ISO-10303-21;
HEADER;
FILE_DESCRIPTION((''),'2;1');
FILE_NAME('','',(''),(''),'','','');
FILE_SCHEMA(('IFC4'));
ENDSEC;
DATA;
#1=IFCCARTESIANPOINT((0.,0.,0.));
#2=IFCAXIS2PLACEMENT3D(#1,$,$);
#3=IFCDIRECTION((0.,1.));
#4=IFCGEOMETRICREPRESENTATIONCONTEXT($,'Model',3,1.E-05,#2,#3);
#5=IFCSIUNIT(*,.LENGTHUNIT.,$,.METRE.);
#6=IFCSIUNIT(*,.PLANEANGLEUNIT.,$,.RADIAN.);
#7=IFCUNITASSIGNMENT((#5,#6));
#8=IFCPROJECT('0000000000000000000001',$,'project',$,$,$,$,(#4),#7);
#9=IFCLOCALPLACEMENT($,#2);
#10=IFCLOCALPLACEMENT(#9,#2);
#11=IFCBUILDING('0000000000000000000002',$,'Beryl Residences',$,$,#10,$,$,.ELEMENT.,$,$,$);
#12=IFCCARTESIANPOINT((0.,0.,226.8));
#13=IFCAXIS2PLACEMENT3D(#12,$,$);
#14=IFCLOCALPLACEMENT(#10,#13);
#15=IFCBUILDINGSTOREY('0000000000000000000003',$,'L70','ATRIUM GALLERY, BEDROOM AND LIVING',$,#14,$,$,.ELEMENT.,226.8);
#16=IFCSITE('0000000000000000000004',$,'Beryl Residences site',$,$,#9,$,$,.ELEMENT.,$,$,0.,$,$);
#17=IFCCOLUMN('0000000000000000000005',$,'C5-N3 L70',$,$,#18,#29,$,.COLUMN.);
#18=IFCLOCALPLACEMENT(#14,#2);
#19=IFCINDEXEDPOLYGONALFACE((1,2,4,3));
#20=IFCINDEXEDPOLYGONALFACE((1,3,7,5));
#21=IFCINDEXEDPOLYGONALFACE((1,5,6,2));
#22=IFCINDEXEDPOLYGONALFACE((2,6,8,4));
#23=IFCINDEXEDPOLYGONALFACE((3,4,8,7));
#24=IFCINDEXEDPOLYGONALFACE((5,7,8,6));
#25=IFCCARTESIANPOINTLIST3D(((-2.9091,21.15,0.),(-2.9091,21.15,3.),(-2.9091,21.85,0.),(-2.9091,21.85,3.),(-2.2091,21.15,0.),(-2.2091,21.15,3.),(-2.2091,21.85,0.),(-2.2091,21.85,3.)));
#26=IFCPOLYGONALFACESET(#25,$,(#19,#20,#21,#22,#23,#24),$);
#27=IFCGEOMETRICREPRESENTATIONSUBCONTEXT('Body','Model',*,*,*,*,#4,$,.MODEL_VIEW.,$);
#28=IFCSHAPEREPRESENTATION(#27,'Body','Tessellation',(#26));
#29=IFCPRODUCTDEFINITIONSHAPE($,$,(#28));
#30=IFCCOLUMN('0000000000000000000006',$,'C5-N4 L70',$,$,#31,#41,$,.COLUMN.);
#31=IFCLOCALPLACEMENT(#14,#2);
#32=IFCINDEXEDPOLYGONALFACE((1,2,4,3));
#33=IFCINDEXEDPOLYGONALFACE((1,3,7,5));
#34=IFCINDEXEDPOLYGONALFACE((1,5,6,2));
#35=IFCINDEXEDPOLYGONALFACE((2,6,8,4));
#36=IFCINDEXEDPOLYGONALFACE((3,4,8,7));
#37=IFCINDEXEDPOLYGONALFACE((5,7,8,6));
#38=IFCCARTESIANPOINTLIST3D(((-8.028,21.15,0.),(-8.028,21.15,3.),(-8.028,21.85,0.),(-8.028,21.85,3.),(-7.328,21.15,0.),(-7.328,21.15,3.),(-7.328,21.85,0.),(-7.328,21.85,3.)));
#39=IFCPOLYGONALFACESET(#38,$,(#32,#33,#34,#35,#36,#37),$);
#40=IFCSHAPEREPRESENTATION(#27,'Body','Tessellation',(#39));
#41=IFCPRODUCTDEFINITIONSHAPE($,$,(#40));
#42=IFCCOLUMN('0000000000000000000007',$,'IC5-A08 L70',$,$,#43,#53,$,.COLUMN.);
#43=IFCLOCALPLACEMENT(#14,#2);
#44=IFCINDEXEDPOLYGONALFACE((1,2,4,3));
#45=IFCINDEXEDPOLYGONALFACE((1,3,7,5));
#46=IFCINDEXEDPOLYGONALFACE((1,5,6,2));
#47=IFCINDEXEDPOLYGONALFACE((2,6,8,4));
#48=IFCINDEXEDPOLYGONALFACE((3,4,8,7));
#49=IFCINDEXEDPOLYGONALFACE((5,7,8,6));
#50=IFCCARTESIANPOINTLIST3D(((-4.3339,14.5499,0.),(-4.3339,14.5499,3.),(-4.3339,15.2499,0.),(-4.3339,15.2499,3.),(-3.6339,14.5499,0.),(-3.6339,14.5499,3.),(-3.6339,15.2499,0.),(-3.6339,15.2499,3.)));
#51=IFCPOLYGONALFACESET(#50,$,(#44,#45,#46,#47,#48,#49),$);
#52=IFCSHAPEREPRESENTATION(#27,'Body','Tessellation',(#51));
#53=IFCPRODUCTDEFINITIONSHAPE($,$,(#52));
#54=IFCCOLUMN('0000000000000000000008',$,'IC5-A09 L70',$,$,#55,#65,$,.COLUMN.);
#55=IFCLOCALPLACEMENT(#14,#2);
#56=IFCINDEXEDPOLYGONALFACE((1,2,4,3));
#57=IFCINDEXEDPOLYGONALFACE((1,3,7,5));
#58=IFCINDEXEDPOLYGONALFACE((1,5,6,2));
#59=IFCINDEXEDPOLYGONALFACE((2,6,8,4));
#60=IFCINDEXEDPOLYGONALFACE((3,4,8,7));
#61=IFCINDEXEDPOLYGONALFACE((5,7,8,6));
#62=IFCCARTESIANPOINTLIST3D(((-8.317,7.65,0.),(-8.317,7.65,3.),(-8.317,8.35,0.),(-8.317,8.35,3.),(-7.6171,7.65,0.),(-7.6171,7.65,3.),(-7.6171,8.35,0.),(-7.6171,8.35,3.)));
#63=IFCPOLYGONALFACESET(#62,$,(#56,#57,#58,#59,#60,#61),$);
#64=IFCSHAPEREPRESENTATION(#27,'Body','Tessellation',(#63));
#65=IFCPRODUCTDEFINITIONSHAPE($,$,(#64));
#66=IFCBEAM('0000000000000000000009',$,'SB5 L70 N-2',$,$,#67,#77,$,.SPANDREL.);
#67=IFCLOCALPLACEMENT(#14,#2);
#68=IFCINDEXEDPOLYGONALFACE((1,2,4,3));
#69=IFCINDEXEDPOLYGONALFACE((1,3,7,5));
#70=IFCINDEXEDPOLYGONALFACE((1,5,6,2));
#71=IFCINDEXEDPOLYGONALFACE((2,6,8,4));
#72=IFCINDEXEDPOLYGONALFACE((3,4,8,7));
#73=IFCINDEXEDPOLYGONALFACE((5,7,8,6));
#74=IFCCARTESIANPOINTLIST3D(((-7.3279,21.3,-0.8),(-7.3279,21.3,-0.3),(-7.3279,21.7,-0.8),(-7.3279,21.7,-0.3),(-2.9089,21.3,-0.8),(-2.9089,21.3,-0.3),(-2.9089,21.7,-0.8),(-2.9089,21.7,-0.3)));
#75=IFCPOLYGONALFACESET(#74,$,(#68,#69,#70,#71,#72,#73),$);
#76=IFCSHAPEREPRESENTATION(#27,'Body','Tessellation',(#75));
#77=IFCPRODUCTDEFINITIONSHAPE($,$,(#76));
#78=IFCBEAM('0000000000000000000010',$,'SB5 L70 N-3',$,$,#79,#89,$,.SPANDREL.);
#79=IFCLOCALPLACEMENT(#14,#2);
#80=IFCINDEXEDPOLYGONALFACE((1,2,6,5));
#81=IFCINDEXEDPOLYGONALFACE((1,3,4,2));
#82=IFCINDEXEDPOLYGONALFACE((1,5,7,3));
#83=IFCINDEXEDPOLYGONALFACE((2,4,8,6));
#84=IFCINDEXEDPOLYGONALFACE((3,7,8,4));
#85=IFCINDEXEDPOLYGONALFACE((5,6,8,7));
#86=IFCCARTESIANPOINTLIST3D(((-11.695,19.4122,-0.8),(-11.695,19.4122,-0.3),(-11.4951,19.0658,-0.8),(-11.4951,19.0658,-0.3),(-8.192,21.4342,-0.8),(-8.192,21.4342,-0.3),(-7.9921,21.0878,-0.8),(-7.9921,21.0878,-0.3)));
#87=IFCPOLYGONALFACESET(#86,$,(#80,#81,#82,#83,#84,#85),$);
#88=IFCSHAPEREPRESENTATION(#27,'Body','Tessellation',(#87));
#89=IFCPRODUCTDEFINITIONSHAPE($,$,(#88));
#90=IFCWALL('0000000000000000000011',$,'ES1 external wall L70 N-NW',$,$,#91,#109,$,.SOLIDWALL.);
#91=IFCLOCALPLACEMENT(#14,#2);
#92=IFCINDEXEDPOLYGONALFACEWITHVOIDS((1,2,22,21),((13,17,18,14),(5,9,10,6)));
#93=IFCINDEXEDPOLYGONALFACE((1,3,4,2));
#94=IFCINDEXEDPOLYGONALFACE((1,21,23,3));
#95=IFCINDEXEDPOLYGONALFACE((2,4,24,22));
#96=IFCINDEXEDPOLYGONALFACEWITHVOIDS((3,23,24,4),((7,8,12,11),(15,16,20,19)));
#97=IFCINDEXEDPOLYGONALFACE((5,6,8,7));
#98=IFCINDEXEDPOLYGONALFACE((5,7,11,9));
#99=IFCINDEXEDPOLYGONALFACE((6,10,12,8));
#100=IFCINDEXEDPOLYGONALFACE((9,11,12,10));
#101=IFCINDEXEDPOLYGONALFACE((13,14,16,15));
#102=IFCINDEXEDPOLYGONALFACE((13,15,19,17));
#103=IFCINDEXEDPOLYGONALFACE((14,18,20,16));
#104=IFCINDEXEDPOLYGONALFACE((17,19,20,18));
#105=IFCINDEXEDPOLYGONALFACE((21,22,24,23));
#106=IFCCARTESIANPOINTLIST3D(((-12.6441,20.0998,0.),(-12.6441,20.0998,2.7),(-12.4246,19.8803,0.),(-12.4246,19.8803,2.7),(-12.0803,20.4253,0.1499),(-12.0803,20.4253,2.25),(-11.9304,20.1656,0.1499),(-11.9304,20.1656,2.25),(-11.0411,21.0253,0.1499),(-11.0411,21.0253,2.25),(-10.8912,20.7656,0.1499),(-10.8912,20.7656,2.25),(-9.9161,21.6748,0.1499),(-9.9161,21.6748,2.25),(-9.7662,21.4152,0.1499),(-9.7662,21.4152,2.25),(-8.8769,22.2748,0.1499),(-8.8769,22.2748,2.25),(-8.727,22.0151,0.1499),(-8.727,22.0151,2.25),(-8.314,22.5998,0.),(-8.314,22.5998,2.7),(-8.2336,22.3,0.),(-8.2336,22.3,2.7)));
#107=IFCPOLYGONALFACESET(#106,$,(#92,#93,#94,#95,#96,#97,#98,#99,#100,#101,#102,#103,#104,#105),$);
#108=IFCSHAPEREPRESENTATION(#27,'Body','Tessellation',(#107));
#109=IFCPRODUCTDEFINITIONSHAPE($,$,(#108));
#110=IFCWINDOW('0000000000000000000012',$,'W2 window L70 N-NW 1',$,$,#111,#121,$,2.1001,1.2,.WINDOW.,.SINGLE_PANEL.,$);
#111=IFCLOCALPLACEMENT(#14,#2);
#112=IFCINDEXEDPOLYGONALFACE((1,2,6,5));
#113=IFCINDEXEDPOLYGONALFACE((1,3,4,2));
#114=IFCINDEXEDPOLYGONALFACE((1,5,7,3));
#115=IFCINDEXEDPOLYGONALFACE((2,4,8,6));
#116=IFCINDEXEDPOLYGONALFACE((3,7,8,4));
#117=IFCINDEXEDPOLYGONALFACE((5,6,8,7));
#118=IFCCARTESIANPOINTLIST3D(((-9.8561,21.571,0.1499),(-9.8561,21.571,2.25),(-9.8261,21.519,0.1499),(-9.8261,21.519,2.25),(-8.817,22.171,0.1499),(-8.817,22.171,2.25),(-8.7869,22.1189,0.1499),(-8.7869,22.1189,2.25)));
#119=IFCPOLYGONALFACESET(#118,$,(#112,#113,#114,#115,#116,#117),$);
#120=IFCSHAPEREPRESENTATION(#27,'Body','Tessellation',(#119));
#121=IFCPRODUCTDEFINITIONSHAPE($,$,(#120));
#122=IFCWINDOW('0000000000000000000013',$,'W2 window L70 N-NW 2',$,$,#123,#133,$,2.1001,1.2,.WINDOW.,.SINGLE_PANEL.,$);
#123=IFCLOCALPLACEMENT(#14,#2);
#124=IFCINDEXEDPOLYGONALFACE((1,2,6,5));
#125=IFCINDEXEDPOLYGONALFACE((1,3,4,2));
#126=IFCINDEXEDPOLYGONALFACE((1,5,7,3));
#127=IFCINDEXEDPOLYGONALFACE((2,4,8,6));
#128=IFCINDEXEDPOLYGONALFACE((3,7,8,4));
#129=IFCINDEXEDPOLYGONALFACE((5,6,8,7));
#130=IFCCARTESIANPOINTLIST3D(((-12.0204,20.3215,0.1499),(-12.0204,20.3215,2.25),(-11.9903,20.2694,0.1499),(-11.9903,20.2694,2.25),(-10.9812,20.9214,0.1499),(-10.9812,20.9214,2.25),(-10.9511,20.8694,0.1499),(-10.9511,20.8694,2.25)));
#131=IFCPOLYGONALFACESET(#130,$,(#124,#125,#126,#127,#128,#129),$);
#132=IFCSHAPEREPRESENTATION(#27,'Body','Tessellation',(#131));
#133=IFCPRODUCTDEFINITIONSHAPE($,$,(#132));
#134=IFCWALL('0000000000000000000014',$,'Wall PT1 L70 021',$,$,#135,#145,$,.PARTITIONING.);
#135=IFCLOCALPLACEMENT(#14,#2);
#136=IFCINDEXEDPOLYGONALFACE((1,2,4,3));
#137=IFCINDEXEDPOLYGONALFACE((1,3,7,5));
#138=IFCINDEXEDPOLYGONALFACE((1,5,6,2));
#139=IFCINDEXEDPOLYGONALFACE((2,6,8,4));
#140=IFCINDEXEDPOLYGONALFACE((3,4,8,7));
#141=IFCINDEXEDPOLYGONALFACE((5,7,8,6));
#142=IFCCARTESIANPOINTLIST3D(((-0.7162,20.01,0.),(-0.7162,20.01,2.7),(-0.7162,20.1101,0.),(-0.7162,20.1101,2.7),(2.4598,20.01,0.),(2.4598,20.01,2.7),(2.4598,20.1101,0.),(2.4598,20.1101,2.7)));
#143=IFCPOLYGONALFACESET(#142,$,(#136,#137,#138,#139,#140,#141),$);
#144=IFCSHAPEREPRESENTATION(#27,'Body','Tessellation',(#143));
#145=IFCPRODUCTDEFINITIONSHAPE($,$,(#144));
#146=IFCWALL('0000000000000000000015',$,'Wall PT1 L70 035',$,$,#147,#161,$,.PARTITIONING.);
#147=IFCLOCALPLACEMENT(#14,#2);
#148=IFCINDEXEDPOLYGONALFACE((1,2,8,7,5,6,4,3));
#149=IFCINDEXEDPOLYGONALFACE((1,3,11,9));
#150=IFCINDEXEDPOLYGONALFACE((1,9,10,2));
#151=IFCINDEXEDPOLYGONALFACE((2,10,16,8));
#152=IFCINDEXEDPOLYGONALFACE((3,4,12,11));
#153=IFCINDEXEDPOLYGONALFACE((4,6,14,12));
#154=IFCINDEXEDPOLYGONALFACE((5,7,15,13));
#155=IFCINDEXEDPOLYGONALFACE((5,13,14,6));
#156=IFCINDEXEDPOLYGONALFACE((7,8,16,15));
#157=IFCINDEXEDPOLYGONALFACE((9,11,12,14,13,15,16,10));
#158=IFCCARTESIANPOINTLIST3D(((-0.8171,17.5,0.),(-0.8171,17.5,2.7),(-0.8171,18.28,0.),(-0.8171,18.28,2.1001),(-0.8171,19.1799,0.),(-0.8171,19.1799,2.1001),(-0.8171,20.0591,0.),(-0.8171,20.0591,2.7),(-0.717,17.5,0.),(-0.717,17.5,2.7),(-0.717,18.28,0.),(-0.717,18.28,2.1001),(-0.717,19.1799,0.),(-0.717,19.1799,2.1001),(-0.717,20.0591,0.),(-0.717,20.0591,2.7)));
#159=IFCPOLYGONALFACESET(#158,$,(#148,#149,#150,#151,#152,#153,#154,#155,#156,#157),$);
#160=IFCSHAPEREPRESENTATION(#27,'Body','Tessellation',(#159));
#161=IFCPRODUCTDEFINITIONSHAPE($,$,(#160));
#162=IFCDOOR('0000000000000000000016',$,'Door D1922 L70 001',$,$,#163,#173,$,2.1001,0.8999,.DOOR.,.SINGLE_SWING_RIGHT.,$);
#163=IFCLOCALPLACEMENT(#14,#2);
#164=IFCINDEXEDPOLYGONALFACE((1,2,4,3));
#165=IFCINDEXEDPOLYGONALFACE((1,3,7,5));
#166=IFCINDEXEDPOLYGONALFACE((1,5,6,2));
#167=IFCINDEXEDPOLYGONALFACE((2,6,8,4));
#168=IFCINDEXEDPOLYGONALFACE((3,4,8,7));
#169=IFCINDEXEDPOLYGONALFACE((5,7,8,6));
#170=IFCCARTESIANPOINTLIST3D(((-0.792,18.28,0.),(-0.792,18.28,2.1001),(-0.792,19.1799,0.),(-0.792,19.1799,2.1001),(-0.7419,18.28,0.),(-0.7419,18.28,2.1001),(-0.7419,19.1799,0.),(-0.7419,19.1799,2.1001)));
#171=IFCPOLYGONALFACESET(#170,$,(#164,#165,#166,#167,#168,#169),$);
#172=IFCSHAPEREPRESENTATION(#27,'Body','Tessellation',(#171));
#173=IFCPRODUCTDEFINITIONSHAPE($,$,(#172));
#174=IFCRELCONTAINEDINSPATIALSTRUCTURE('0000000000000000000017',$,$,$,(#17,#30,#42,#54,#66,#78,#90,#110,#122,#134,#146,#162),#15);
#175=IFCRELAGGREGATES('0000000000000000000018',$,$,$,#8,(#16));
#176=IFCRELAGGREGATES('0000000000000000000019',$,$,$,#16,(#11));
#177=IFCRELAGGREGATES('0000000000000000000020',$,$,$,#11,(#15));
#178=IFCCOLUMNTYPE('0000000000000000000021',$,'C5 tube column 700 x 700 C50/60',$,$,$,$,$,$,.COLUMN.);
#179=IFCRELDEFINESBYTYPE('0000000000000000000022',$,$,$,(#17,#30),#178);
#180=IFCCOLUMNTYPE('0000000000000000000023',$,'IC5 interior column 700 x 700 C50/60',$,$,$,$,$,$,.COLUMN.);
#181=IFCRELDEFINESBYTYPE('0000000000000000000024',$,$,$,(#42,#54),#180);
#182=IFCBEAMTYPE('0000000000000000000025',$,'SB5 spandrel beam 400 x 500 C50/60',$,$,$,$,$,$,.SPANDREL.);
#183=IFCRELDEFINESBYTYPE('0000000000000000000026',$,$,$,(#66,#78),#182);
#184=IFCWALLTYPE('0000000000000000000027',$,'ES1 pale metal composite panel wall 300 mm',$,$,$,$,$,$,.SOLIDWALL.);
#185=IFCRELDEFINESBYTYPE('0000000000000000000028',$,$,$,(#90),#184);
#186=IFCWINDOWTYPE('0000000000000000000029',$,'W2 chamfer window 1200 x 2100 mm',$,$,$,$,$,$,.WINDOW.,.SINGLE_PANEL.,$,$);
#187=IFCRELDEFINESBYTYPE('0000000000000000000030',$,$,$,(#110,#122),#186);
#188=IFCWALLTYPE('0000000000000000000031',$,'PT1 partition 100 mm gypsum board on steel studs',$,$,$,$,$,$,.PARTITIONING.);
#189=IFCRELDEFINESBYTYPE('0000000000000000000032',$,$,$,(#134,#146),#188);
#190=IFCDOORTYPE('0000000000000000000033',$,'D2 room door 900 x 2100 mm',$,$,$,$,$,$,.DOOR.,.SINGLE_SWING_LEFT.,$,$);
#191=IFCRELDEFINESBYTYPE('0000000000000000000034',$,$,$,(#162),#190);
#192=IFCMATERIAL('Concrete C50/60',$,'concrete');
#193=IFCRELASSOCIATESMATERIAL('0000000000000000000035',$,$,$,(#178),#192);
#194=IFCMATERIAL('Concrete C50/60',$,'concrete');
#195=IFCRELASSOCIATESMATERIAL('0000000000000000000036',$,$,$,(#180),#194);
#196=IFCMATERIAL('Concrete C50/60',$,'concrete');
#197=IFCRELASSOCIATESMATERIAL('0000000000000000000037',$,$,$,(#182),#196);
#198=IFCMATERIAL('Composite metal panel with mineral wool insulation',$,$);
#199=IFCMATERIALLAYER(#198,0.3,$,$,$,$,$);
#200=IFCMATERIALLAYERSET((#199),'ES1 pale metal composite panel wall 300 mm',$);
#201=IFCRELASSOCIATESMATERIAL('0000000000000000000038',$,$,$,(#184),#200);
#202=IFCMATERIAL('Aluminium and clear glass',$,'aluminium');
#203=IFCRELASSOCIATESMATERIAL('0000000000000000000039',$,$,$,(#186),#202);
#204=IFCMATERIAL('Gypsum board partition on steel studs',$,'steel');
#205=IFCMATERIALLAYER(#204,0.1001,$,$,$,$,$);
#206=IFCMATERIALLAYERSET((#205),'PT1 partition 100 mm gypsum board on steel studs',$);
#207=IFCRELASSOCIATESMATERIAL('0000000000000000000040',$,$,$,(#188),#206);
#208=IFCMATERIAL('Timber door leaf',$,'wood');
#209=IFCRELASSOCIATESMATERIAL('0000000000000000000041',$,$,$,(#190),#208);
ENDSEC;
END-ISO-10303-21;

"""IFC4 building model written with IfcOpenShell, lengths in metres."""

from ifc_helpers import new_model, si_unit, direction, frame, frame_2d, origin, origin_2d, place, context, subcontext, project, spatial, polyline, rectangle, outline, extrude, material, layer, layer_set, material_profile, profile_set, type_object, element, fill, save


model = new_model("IFC4")

# Units and contexts
model_context = context("Model", 3, precision=1e-05, world=origin(), true_north=direction((0.0, 1.0)))
body_context = subcontext(model_context, "Body", "Model", "MODEL_VIEW")
ifc_project = project(units=[si_unit("LENGTHUNIT", "METRE"), si_unit("PLANEANGLEUNIT", "RADIAN")], contexts=[model_context])

# Site, building, storey
site_placement = place(None, origin())
site = spatial("IfcSite", under=ifc_project, at=site_placement, Name="Beryl Residences site", CompositionType="ELEMENT", RefElevation=0.0)
building_placement = place(site_placement, origin())
building = spatial("IfcBuilding", under=site, at=building_placement, Name="Beryl Residences", CompositionType="ELEMENT")
storey_placement = place(building_placement, frame((0.0, 0.0, 226.8)))
storey = spatial("IfcBuildingStorey", under=building, at=storey_placement, Name="L70", Description="ATRIUM GALLERY, BEDROOM AND LIVING", CompositionType="ELEMENT", Elevation=226.8)

# Columns
ifc_material_1 = material(Name="Concrete C50/60", Category="concrete")
ifc_material_profile_1 = material_profile(ifc_material_1, rectangle(XDim=0.7, YDim=0.7, at=origin_2d()))
ifc_profile_set_1 = profile_set([ifc_material_profile_1], Name="Concrete C50/60")
column_type_1 = type_object("IfcColumnType", Name="C5 tube column 700 x 700 C50/60", PredefinedType="COLUMN", material=ifc_profile_set_1)
for number, where, z_axis, x_axis, name in (
    (1, (-2.5591, 21.5, 0.0), (0.0, 0.0, 1.0), (-1.0, 0.0, 0.0), "C5-N3 L70"),
    (2, (-7.678, 21.5, 0.0), (0.0, 0.0, 1.0), (-1.0, 0.0, 0.0), "C5-N4 L70"),
):
    element("IfcColumn", number, at=place(storey_placement, frame(where, z_axis=z_axis, x_axis=x_axis)), inside=storey, type_object=column_type_1, Name=name, PredefinedType="COLUMN", context=body_context, shape_type="SweptSolid", body=[
        extrude(rectangle(XDim=0.7, YDim=0.7, at=origin_2d()), origin(), (0.0, 0.0, 1.0), 3.0),
    ])
ifc_material_2 = material(Name="Concrete C50/60", Category="concrete")
ifc_material_profile_2 = material_profile(ifc_material_2, rectangle(XDim=0.7, YDim=0.7, at=origin_2d()))
ifc_profile_set_2 = profile_set([ifc_material_profile_2], Name="Concrete C50/60")
column_type_2 = type_object("IfcColumnType", Name="IC5 interior column 700 x 700 C50/60", PredefinedType="COLUMN", material=ifc_profile_set_2)
for number, where, z_axis, x_axis, name in (
    (3, (-3.9839, 14.8999, 0.0), (0.0, 0.0, 1.0), (1.0, 0.0, 0.0), "IC5-A08 L70"),
    (4, (-7.967, 8.0, 0.0), (0.0, 0.0, 1.0), (1.0, 0.0, 0.0), "IC5-A09 L70"),
):
    element("IfcColumn", number, at=place(storey_placement, frame(where, z_axis=z_axis, x_axis=x_axis)), inside=storey, type_object=column_type_2, Name=name, PredefinedType="COLUMN", context=body_context, shape_type="SweptSolid", body=[
        extrude(rectangle(XDim=0.7, YDim=0.7, at=origin_2d()), origin(), (0.0, 0.0, 1.0), 3.0),
    ])

# Beams
ifc_material_3 = material(Name="Concrete C50/60", Category="concrete")
ifc_material_profile_3 = material_profile(ifc_material_3, rectangle(XDim=0.3999, YDim=0.5, at=origin_2d()))
ifc_profile_set_3 = profile_set([ifc_material_profile_3], Name="Concrete C50/60")
beam_type = type_object("IfcBeamType", Name="SB5 spandrel beam 400 x 500 C50/60", PredefinedType="SPANDREL", material=ifc_profile_set_3)
beam_1_placement = place(storey_placement, frame((-2.9089, 21.5, -0.55), z_axis=(-1.0, 0.0, 0.0), x_axis=(0.0, -1.0, 0.0)))
element("IfcBeam", 5, at=beam_1_placement, inside=storey, type_object=beam_type, Name="SB5 L70 N-2", PredefinedType="SPANDREL", context=body_context, shape_type="SweptSolid", body=[
    extrude(rectangle(XDim=0.3999, YDim=0.5, at=origin_2d()), origin(), (0.0, 0.0, 1.0), 4.4189),
])
beam_2_placement = place(storey_placement, frame((-8.092, 21.261, -0.55), z_axis=(-0.866073, -0.499918, 0.0), x_axis=(0.499918, -0.866073, 0.0)))
element("IfcBeam", 6, at=beam_2_placement, inside=storey, type_object=beam_type, Name="SB5 L70 N-3", PredefinedType="SPANDREL", context=body_context, shape_type="SweptSolid", body=[
    extrude(rectangle(XDim=0.3999, YDim=0.5, at=origin_2d()), origin(), (0.0, 0.0, 1.0), 4.0447),
])

# Wall, openings, windows
ifc_material_4 = material(Name="Composite metal panel with mineral wool insulation")
ifc_layer_1 = layer(ifc_material_4, 0.3)
ifc_layer_set_1 = layer_set([ifc_layer_1], Name="ES1 pale metal composite panel wall 300 mm")
wall_type_1 = type_object("IfcWallType", Name="ES1 pale metal composite panel wall 300 mm", PredefinedType="SOLIDWALL", material=ifc_layer_set_1)
wall_1_placement = place(storey_placement, frame((-8.239, 22.47, 0.0), z_axis=(0.0, 0.0, 1.0), x_axis=(-0.866023, -0.500004, 0.0)))
wall_1 = element("IfcWall", 7, at=wall_1_placement, inside=storey, type_object=wall_type_1, Name="ES1 external wall L70 N-NW", PredefinedType="SOLIDWALL", context=body_context, shape_type="SweptSolid", body=[
    extrude(outline(polyline([(0.0, -0.1499), (5.0, -0.1499), (4.9197, 0.1499), (0.0803, 0.1499), (0.0, -0.1499)])), origin(), (0.0, 0.0, 1.0), 2.7),
])
opening_1_placement = place(wall_1_placement, frame((0.6499, 0.0, 0.1499)))
opening_1 = element("IfcOpeningElement", 8, at=opening_1_placement, cuts=wall_1, PredefinedType="OPENING", context=body_context, shape_type="SweptSolid", body=[
    extrude(rectangle(XDim=1.2, YDim=2.1001, at=frame_2d((0.6001, 1.05))), frame((0.0, 0.1599, 0.0), z_axis=(0.0, -1.0, 0.0), x_axis=(1.0, 0.0, 0.0)), (0.0, 0.0, 1.0), 0.3201),
])
opening_2_placement = place(wall_1_placement, frame((3.1489, 0.0, 0.1499)))
opening_2 = element("IfcOpeningElement", 9, at=opening_2_placement, cuts=wall_1, PredefinedType="OPENING", context=body_context, shape_type="SweptSolid", body=[
    extrude(rectangle(XDim=1.2, YDim=2.1001, at=frame_2d((0.6001, 1.05))), frame((0.0, 0.1599, 0.0), z_axis=(0.0, -1.0, 0.0), x_axis=(1.0, 0.0, 0.0)), (0.0, 0.0, 1.0), 0.3201),
])
ifc_material_5 = material(Name="Aluminium and clear glass", Category="aluminium")
window_type = type_object("IfcWindowType", Name="W2 chamfer window 1200 x 2100 mm", PartitioningType="SINGLE_PANEL", PredefinedType="WINDOW", material=ifc_material_5)
window_1_placement = place(opening_1_placement, origin())
window_1 = element("IfcWindow", 10, at=window_1_placement, inside=storey, type_object=window_type, Name="W2 window L70 N-NW 1", OverallHeight=2.1001, OverallWidth=1.2, PartitioningType="SINGLE_PANEL", PredefinedType="WINDOW", context=body_context, shape_type="SweptSolid", body=[
    extrude(rectangle(XDim=1.2, YDim=2.1001, at=frame_2d((0.6001, 1.05))), frame((0.0, 0.03, 0.0), z_axis=(0.0, -1.0, 0.0), x_axis=(1.0, 0.0, 0.0)), (0.0, 0.0, 1.0), 0.0601),
])
fill(opening_1, window_1)
window_2_placement = place(opening_2_placement, origin())
window_2 = element("IfcWindow", 11, at=window_2_placement, inside=storey, type_object=window_type, Name="W2 window L70 N-NW 2", OverallHeight=2.1001, OverallWidth=1.2, PartitioningType="SINGLE_PANEL", PredefinedType="WINDOW", context=body_context, shape_type="SweptSolid", body=[
    extrude(rectangle(XDim=1.2, YDim=2.1001, at=frame_2d((0.6001, 1.05))), frame((0.0, 0.03, 0.0), z_axis=(0.0, -1.0, 0.0), x_axis=(1.0, 0.0, 0.0)), (0.0, 0.0, 1.0), 0.0601),
])
fill(opening_2, window_2)

# Wall
ifc_material_6 = material(Name="Gypsum board partition on steel studs", Category="steel")
ifc_layer_2 = layer(ifc_material_6, 0.1001)
ifc_layer_set_2 = layer_set([ifc_layer_2], Name="PT1 partition 100 mm gypsum board on steel studs")
wall_type_2 = type_object("IfcWallType", Name="PT1 partition 100 mm gypsum board on steel studs", PredefinedType="PARTITIONING", material=ifc_layer_set_2)
wall_2_placement = place(storey_placement, frame((-0.7161, 20.0601, 0.0), z_axis=(0.0, 0.0, 1.0), x_axis=(1.0, 0.0, 0.0)))
element("IfcWall", 12, at=wall_2_placement, inside=storey, type_object=wall_type_2, Name="Wall PT1 L70 021", PredefinedType="PARTITIONING", context=body_context, shape_type="SweptSolid", body=[
    extrude(rectangle(XDim=3.176, YDim=0.1001, at=frame_2d((1.5879, 0.0))), origin(), (0.0, 0.0, 1.0), 2.7),
])

# Wall, opening, door
wall_3_placement = place(storey_placement, frame((-0.7671, 17.5, 0.0), z_axis=(0.0, 0.0, 1.0), x_axis=(0.0, 1.0, 0.0)))
wall_3 = element("IfcWall", 13, at=wall_3_placement, inside=storey, type_object=wall_type_2, Name="Wall PT1 L70 035", PredefinedType="PARTITIONING", context=body_context, shape_type="SweptSolid", body=[
    extrude(rectangle(XDim=2.5591, YDim=0.1001, at=frame_2d((1.2795, 0.0))), origin(), (0.0, 0.0, 1.0), 2.7),
])
opening_3_placement = place(wall_3_placement, frame((0.78, 0.0, 0.0)))
opening_3 = element("IfcOpeningElement", 14, at=opening_3_placement, cuts=wall_3, PredefinedType="OPENING", context=body_context, shape_type="SweptSolid", body=[
    extrude(rectangle(XDim=0.8999, YDim=2.1001, at=frame_2d((0.45, 1.05))), frame((0.0, 0.0601, 0.0), z_axis=(0.0, -1.0, 0.0), x_axis=(1.0, 0.0, 0.0)), (0.0, 0.0, 1.0), 0.1201),
])
ifc_material_7 = material(Name="Timber door leaf", Category="wood")
door_type_1 = type_object("IfcDoorType", Name="D2 room door 900 x 2100 mm", OperationType="SINGLE_SWING_LEFT", PredefinedType="DOOR", material=ifc_material_7)
door_1_placement = place(opening_3_placement, origin())
door_1 = element("IfcDoor", 15, at=door_1_placement, inside=storey, type_object=door_type_1, Name="Door D1922 L70 001", OperationType="SINGLE_SWING_RIGHT", OverallHeight=2.1001, OverallWidth=0.8999, PredefinedType="DOOR", context=body_context, shape_type="SweptSolid", body=[
    extrude(rectangle(XDim=0.8999, YDim=2.1001, at=frame_2d((0.45, 1.05))), frame((0.0, 0.0249, 0.0), z_axis=(0.0, -1.0, 0.0), x_axis=(1.0, 0.0, 0.0)), (0.0, 0.0, 1.0), 0.05),
])
fill(opening_3, door_1)

save(model, "model.ifc")
